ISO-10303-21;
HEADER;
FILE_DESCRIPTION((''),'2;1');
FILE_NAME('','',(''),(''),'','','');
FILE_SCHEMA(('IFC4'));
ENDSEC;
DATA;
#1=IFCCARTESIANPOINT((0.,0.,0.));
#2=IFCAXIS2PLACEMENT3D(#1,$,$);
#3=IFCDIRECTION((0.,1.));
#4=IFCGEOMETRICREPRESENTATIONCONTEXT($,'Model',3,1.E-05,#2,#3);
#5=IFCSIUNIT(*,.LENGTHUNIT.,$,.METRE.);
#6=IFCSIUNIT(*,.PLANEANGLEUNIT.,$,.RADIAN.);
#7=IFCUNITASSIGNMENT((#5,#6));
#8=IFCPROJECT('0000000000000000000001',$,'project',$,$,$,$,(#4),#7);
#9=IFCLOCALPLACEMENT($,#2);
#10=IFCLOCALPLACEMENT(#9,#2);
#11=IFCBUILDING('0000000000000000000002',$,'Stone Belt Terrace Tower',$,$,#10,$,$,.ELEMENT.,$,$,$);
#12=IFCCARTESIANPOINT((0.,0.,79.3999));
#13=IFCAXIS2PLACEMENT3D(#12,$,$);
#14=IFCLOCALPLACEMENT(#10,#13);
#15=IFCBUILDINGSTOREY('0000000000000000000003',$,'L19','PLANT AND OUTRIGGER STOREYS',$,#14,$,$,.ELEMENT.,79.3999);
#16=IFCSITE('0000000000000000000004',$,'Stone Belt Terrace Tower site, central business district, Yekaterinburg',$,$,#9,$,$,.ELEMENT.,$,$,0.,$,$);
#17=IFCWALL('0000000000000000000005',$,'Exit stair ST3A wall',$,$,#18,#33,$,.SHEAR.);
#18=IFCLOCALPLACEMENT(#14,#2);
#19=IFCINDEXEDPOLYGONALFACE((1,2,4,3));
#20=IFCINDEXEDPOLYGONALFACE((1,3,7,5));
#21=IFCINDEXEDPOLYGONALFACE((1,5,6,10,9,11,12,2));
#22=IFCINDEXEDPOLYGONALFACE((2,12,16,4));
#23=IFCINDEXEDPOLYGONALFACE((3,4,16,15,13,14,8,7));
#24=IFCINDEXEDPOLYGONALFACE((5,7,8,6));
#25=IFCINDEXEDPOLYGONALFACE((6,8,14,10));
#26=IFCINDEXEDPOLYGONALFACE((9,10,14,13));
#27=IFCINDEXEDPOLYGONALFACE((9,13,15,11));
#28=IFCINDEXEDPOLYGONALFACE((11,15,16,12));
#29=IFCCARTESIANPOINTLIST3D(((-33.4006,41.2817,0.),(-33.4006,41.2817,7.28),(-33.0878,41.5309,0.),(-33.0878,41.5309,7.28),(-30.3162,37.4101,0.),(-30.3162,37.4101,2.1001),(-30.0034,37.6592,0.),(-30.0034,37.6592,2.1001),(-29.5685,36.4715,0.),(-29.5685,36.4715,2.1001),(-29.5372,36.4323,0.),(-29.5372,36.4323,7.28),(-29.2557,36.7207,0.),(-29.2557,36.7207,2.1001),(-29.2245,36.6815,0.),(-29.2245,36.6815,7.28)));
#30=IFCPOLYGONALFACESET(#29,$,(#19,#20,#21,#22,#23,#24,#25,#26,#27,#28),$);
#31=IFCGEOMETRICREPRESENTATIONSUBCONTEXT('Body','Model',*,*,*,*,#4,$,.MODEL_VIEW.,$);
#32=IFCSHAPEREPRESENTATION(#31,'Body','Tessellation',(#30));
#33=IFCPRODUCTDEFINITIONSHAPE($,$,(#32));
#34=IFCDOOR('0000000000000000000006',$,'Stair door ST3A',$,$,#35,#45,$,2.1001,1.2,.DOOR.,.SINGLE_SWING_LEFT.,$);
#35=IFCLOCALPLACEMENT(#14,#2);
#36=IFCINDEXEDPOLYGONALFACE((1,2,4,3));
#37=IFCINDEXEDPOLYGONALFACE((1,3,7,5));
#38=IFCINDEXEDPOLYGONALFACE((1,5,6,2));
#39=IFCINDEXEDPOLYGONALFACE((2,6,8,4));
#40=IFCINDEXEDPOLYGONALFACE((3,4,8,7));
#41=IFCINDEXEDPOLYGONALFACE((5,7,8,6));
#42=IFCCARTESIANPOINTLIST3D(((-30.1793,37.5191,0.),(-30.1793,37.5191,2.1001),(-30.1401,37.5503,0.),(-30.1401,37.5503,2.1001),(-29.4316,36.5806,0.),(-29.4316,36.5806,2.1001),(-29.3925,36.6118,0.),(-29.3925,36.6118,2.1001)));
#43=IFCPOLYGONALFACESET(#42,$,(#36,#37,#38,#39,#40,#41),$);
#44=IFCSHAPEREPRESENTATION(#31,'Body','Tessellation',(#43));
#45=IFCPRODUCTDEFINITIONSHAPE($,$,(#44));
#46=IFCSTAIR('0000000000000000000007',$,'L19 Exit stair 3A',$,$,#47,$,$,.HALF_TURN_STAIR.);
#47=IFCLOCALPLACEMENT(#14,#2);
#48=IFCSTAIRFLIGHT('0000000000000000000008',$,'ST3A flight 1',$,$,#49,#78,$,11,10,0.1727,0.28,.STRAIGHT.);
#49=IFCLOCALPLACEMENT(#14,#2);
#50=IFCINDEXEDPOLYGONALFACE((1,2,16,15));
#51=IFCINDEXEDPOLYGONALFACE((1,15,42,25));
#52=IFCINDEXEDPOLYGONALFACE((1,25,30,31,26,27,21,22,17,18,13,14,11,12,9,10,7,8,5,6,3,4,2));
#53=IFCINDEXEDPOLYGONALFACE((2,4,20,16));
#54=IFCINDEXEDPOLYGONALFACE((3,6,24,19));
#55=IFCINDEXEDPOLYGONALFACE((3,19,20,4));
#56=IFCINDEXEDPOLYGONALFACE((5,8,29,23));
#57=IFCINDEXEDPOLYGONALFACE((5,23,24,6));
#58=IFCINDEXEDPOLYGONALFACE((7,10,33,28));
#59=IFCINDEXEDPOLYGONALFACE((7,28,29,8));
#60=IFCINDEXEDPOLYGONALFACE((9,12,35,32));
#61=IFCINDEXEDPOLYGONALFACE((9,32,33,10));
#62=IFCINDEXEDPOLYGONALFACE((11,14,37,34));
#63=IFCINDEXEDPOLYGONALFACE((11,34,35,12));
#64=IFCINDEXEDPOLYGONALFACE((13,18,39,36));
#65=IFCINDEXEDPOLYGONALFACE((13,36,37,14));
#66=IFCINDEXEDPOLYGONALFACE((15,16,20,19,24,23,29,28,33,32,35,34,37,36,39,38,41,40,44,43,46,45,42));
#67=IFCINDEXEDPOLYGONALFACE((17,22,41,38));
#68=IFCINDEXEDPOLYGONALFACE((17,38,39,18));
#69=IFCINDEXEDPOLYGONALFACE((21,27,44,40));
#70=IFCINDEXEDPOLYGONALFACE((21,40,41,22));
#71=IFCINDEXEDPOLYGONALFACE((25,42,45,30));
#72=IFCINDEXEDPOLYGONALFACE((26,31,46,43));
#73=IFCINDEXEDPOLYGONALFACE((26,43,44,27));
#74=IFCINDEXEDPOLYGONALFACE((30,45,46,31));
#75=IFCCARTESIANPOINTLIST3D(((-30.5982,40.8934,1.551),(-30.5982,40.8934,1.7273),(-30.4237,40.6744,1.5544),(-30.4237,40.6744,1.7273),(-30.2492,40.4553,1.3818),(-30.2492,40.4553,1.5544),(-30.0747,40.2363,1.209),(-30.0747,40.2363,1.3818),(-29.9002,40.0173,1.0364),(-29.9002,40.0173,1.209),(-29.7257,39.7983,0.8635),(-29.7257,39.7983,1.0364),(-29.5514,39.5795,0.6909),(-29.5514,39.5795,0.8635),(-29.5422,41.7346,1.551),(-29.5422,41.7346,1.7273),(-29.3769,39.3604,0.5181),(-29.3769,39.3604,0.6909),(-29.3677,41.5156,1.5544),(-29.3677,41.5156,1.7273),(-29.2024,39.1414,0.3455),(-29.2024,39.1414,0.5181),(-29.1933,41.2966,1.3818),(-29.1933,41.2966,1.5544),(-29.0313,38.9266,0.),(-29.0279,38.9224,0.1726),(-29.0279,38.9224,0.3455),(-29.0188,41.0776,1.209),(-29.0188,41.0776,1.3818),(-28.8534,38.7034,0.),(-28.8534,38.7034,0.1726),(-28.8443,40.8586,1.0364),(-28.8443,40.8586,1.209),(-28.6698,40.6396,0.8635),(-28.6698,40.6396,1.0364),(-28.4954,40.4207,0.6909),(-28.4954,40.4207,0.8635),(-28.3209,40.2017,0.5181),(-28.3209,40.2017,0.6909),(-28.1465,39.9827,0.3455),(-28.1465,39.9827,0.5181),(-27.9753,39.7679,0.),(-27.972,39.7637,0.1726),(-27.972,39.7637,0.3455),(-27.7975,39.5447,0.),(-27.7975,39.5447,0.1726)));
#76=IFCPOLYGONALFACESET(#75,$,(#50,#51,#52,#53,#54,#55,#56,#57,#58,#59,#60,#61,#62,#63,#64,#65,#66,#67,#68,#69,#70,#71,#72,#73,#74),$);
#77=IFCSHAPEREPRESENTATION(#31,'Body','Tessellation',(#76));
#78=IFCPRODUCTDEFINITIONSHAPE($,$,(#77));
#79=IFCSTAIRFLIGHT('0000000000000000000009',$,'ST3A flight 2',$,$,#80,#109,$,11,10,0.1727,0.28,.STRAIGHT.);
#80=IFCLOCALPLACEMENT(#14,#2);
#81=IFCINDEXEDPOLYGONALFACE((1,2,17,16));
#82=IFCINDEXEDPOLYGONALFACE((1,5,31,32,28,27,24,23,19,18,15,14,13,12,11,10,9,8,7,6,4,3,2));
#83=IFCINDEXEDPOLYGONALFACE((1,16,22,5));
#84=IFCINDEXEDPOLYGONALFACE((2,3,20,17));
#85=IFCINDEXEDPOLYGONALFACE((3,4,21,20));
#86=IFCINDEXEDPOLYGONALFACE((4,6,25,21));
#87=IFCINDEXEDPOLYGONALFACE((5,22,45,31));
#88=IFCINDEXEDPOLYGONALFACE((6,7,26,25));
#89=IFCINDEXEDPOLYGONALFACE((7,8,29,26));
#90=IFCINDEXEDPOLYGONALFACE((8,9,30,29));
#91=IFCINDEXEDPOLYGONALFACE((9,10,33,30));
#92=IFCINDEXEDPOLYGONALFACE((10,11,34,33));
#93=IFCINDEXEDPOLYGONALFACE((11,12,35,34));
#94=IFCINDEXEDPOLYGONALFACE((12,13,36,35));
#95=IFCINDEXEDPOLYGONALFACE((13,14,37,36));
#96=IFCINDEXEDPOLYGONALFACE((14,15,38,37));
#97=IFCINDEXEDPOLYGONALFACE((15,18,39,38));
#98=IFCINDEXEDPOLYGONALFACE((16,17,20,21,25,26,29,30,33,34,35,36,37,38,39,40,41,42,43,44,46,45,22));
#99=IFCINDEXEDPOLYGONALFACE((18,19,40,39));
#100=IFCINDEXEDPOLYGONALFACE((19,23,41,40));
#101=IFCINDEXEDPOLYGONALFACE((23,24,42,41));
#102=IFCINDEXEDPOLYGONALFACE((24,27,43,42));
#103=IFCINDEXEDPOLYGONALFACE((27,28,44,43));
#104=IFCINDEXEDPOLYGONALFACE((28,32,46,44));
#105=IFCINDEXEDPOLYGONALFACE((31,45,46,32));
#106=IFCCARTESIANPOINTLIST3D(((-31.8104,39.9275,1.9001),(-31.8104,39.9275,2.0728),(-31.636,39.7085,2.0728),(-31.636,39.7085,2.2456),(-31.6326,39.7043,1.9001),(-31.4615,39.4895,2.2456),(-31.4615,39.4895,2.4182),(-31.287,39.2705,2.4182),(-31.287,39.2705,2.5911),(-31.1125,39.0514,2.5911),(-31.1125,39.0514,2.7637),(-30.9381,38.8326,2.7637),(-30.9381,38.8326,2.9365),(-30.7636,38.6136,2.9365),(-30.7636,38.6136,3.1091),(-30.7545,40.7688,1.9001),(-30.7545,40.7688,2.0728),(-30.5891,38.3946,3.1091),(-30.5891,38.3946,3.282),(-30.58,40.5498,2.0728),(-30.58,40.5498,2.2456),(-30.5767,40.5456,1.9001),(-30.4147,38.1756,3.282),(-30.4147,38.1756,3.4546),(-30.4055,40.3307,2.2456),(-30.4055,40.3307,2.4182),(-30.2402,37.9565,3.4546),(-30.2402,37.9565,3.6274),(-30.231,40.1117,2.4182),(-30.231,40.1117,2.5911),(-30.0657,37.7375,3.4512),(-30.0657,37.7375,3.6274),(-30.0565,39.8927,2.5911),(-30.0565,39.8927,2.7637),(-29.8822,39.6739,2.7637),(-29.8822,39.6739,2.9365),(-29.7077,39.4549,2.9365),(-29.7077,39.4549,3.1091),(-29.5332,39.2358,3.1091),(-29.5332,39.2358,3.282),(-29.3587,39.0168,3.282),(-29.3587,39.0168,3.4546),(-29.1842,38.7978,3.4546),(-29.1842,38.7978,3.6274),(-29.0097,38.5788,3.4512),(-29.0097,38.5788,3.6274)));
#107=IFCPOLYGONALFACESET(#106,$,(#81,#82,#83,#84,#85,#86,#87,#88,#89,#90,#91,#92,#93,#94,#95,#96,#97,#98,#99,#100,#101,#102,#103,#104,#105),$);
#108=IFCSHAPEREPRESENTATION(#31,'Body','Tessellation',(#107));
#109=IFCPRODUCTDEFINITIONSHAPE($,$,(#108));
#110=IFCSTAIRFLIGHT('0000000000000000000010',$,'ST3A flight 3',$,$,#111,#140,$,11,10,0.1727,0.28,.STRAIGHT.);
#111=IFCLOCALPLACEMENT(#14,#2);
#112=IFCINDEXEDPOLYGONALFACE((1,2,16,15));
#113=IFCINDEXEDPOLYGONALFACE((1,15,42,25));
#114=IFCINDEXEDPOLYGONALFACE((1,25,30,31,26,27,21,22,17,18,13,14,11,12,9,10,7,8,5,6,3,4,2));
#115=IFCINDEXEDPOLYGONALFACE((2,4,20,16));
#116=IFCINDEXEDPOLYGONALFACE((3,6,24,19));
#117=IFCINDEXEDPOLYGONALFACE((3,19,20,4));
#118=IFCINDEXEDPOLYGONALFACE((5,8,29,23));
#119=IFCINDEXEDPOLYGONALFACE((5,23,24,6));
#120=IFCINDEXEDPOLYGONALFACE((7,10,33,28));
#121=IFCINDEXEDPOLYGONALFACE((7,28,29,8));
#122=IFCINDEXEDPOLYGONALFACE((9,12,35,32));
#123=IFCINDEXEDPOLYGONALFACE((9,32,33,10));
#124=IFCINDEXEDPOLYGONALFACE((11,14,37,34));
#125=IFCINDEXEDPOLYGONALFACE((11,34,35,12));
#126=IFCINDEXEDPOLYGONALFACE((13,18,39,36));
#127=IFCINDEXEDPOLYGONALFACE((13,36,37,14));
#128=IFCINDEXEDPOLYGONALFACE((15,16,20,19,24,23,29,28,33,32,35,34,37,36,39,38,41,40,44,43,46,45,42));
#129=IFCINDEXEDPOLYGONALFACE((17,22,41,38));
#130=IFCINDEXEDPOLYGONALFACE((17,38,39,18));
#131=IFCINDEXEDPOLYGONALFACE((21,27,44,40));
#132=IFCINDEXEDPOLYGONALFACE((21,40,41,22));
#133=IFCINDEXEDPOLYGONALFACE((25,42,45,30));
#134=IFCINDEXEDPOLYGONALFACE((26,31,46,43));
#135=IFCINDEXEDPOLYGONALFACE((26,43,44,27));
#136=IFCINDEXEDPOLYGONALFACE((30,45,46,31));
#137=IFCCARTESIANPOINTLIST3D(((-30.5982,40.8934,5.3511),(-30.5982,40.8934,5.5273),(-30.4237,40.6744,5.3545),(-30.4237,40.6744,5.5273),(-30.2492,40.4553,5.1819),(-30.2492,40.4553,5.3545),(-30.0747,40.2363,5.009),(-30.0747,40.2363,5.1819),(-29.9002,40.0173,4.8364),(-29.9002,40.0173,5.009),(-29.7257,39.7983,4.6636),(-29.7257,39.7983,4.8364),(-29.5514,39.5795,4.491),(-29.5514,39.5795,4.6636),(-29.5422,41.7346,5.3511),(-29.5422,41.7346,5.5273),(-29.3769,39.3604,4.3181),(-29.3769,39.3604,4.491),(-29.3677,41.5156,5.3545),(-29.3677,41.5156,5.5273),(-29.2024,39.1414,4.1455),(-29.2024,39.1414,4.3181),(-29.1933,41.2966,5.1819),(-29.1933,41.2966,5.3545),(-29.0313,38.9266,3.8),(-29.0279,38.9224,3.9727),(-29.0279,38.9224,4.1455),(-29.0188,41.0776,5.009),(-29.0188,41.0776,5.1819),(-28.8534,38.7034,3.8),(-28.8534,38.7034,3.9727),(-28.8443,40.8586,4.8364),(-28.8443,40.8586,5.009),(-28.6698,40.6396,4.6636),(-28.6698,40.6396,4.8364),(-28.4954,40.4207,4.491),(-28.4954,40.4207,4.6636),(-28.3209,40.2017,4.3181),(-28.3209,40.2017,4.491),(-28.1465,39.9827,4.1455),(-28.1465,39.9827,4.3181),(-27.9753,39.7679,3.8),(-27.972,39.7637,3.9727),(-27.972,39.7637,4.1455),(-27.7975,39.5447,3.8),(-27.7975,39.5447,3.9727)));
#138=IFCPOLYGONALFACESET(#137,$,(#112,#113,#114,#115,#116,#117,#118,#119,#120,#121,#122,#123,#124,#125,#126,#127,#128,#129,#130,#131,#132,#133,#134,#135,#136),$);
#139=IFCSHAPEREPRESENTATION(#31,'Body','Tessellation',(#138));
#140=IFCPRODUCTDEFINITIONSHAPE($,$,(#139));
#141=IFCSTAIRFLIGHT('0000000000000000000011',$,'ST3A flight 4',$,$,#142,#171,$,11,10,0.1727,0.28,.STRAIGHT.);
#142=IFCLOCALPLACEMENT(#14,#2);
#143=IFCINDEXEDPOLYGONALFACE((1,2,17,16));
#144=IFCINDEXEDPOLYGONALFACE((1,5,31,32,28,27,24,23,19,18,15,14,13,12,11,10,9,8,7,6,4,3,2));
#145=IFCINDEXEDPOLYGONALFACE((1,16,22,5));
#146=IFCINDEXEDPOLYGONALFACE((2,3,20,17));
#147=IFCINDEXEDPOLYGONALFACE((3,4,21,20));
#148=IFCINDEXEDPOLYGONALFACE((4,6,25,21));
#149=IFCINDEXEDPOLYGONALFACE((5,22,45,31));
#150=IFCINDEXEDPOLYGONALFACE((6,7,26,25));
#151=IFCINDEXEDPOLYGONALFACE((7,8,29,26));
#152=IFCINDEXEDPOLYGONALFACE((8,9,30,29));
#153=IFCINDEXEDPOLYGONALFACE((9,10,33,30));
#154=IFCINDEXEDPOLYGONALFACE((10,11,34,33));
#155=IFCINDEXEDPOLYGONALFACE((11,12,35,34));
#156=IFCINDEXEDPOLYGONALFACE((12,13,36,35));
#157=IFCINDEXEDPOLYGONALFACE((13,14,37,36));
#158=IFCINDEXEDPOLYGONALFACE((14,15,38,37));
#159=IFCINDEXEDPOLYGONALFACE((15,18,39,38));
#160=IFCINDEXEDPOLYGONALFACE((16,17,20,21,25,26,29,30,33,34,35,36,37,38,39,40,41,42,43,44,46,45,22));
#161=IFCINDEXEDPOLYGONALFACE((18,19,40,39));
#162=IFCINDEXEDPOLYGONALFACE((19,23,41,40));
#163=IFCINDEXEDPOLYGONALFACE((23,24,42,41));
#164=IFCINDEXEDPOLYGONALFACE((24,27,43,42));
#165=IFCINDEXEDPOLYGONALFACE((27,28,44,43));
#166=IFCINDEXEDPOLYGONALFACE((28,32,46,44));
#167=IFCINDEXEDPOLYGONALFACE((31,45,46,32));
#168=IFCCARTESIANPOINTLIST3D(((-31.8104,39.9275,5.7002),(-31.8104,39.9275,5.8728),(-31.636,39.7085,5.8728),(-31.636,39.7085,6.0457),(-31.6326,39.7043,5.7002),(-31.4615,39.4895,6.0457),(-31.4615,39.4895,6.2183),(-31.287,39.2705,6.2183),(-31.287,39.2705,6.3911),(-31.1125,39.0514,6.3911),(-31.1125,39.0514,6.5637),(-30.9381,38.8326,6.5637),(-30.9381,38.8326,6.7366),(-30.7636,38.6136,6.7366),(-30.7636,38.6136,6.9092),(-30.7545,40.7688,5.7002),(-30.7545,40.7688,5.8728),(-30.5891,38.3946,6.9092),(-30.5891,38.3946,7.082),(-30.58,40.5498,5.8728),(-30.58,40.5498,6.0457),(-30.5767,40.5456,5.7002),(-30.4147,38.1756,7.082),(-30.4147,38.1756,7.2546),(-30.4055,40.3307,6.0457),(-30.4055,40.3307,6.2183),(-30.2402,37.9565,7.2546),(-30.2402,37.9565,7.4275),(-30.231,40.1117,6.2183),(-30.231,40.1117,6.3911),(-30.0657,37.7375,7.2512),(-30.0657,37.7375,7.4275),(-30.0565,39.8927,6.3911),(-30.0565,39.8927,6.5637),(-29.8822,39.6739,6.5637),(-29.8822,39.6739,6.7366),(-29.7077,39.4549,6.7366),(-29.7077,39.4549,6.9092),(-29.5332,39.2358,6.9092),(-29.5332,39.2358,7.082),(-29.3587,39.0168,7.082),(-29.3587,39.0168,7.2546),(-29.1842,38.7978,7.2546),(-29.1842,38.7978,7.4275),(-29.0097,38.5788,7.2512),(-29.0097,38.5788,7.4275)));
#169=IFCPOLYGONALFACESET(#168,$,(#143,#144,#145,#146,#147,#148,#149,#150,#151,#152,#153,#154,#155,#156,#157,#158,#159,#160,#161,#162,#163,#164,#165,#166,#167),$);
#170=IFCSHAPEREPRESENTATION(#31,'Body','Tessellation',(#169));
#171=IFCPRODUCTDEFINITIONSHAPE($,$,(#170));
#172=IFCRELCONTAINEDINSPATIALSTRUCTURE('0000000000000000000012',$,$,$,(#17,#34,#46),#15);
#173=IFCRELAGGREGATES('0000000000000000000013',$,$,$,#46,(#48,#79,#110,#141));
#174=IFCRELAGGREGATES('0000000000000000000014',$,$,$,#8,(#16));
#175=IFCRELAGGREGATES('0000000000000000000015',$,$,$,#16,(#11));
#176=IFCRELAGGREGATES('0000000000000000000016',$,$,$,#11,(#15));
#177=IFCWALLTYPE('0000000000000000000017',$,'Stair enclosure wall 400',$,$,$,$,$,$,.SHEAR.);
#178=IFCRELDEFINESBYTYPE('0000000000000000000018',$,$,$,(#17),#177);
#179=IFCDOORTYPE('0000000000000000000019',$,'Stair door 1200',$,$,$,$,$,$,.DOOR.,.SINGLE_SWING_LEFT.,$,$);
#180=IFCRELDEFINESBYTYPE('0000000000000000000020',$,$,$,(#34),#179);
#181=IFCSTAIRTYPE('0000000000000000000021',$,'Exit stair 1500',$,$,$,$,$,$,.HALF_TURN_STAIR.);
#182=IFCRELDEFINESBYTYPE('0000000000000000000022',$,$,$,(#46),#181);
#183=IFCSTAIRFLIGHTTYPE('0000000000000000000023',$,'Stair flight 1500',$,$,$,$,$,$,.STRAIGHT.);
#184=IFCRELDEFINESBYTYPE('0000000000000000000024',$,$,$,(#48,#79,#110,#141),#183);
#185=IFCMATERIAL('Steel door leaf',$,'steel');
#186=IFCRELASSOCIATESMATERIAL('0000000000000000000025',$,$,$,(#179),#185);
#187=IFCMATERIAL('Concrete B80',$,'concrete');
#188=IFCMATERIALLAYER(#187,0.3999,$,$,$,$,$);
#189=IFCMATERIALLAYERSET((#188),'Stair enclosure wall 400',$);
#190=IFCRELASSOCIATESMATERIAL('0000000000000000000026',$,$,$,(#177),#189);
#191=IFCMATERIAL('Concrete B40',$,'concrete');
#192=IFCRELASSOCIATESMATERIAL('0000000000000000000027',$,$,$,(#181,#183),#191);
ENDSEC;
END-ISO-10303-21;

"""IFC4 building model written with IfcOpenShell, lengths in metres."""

from ifc_helpers import new_model, si_unit, direction, frame, frame_2d, origin, place, context, subcontext, project, spatial, polyline, rectangle, outline, extrude, material, layer, layer_set, type_object, element, fill, aggregate, save


model = new_model("IFC4")

# Units and contexts
model_context = context("Model", 3, precision=1e-05, world=origin(), true_north=direction((0.0, 1.0)))
body_context = subcontext(model_context, "Body", "Model", "MODEL_VIEW")
ifc_project = project(units=[si_unit("LENGTHUNIT", "METRE"), si_unit("PLANEANGLEUNIT", "RADIAN")], contexts=[model_context])

# Site, building, storey
site_placement = place(None, origin())
site = spatial("IfcSite", under=ifc_project, at=site_placement, Name="Stone Belt Terrace Tower site, central business district, Yekaterinburg", CompositionType="ELEMENT", RefElevation=0.0)
building_placement = place(site_placement, origin())
building = spatial("IfcBuilding", under=site, at=building_placement, Name="Stone Belt Terrace Tower", CompositionType="ELEMENT")
storey_placement = place(building_placement, frame((0.0, 0.0, 79.3999)))
storey = spatial("IfcBuildingStorey", under=building, at=storey_placement, Name="L19", Description="PLANT AND OUTRIGGER STOREYS", CompositionType="ELEMENT", Elevation=79.3999)

# Shared definitions
ifc_material_1 = material(Name="Concrete B80", Category="concrete")

# Shared definitions
ifc_material_2 = material(Name="Steel door leaf", Category="steel")
door_type_1 = type_object("IfcDoorType", Name="Stair door 1200", OperationType="SINGLE_SWING_LEFT", PredefinedType="DOOR", material=ifc_material_2)

# Shared definitions
ifc_layer_1 = layer(ifc_material_1, 0.3999)
ifc_layer_set_1 = layer_set([ifc_layer_1], Name="Stair enclosure wall 400")
wall_type_1 = type_object("IfcWallType", Name="Stair enclosure wall 400", PredefinedType="SHEAR", material=ifc_layer_set_1)

# Wall, opening, door
wall_1_placement = place(storey_placement, frame((-29.3809, 36.5569, 0.0), z_axis=(0.0, 0.0, 1.0), x_axis=(-0.623099, 0.782143, 0.0)))
wall_1 = element("IfcWall", 1, at=wall_1_placement, inside=storey, type_object=wall_type_1, Name="Exit stair ST3A wall", PredefinedType="SHEAR", context=body_context, shape_type="SweptSolid", body=[
    extrude(rectangle(XDim=6.2002, YDim=0.3999, at=frame_2d((3.1001, 0.0))), origin(), (0.0, 0.0, 1.0), 7.28),
])
opening_1_placement = place(wall_1_placement, frame((0.05, 0.0, 0.0)))
opening_1 = element("IfcOpeningElement", 2, at=opening_1_placement, cuts=wall_1, PredefinedType="OPENING", context=body_context, shape_type="SweptSolid", body=[
    extrude(rectangle(XDim=1.2, YDim=2.1001, at=frame_2d((0.6001, 1.05))), frame((0.0, 0.21, 0.0), z_axis=(0.0, -1.0, 0.0), x_axis=(1.0, 0.0, 0.0)), (0.0, 0.0, 1.0), 0.4199),
])
door_1_placement = place(opening_1_placement, origin())
door_1 = element("IfcDoor", 3, at=door_1_placement, inside=storey, type_object=door_type_1, Name="Stair door ST3A", OperationType="SINGLE_SWING_LEFT", OverallHeight=2.1001, OverallWidth=1.2, PredefinedType="DOOR", context=body_context, shape_type="SweptSolid", body=[
    extrude(rectangle(XDim=1.2, YDim=2.1001, at=frame_2d((0.6001, 1.05))), frame((0.0, 0.0249, 0.0), z_axis=(0.0, -1.0, 0.0), x_axis=(1.0, 0.0, 0.0)), (0.0, 0.0, 1.0), 0.05),
])
fill(opening_1, door_1)

# Stair, stair flights
ifc_material_3 = material(Name="Concrete B40", Category="concrete")
stair_type = type_object("IfcStairType", Name="Exit stair 1500", PredefinedType="HALF_TURN_STAIR", material=ifc_material_3)
stair_placement = place(storey_placement, origin())
stair = element("IfcStair", 4, at=stair_placement, inside=storey, type_object=stair_type, Name="L19 Exit stair 3A", PredefinedType="HALF_TURN_STAIR")
stair_flight_type = type_object("IfcStairFlightType", Name="Stair flight 1500", PredefinedType="STRAIGHT", material=ifc_material_3)
stair_flight_1_placement = place(storey_placement, frame((-28.3254, 39.124, 0.0), z_axis=(0.0, 0.0, 1.0), x_axis=(-0.623121, 0.782125, 0.0)))
stair_flight_1 = element("IfcStairFlight", 5, at=stair_flight_1_placement, type_object=stair_flight_type, Name="ST3A flight 1", NumberOfRisers=11, NumberOfTreads=10, PredefinedType="STRAIGHT", RiserHeight=0.1727, TreadLength=0.28, context=body_context, shape_type="SweptSolid", body=[
    extrude(outline(polyline([(0.0, 0.0), (0.0, 0.1726), (0.28, 0.1726), (0.28, 0.3455), (0.5601, 0.3455), (0.5601, 0.5181), (0.8401, 0.5181), (0.8401, 0.6909), (1.1201, 0.6909), (1.1201, 0.8635), (1.3999, 0.8635), (1.3999, 1.0364), (1.6799, 1.0364), (1.6799, 1.209), (1.96, 1.209), (1.96, 1.3818), (2.24, 1.3818), (2.24, 1.5544), (2.52, 1.5544), (2.52, 1.7273), (2.8, 1.7273), (2.8, 1.8999), (2.8, 1.551), (0.2854, 0.0), (0.0, 0.0)])), frame((0.0, 0.675, 0.0), z_axis=(0.0, -1.0, 0.0), x_axis=(1.0, 0.0, 0.0)), (0.0, 0.0, 1.0), 1.3501),
])
stair_flight_2_placement = place(storey_placement, frame((-31.2825, 40.3481, 1.9001), z_axis=(0.0, 0.0, 1.0), x_axis=(0.623121, -0.782125, 0.0)))
stair_flight_2 = element("IfcStairFlight", 6, at=stair_flight_2_placement, type_object=stair_flight_type, Name="ST3A flight 2", NumberOfRisers=11, NumberOfTreads=10, PredefinedType="STRAIGHT", RiserHeight=0.1727, TreadLength=0.28, context=body_context, shape_type="SweptSolid", body=[
    extrude(outline(polyline([(0.0, 0.0), (0.0, 0.1726), (0.28, 0.1726), (0.28, 0.3455), (0.5601, 0.3455), (0.5601, 0.5181), (0.8401, 0.5181), (0.8401, 0.6909), (1.1201, 0.6909), (1.1201, 0.8635), (1.3999, 0.8635), (1.3999, 1.0364), (1.6799, 1.0364), (1.6799, 1.209), (1.96, 1.209), (1.96, 1.3818), (2.24, 1.3818), (2.24, 1.5544), (2.52, 1.5544), (2.52, 1.7273), (2.8, 1.7273), (2.8, 1.8999), (2.8, 1.551), (0.2854, 0.0), (0.0, 0.0)])), frame((0.0, 0.675, 0.0), z_axis=(0.0, -1.0, 0.0), x_axis=(1.0, 0.0, 0.0)), (0.0, 0.0, 1.0), 1.3501),
])
stair_flight_3_placement = place(storey_placement, frame((-28.3254, 39.124, 3.8), z_axis=(0.0, 0.0, 1.0), x_axis=(-0.623121, 0.782125, 0.0)))
stair_flight_3 = element("IfcStairFlight", 7, at=stair_flight_3_placement, type_object=stair_flight_type, Name="ST3A flight 3", NumberOfRisers=11, NumberOfTreads=10, PredefinedType="STRAIGHT", RiserHeight=0.1727, TreadLength=0.28, context=body_context, shape_type="SweptSolid", body=[
    extrude(outline(polyline([(0.0, 0.0), (0.0, 0.1726), (0.28, 0.1726), (0.28, 0.3455), (0.5601, 0.3455), (0.5601, 0.5181), (0.8401, 0.5181), (0.8401, 0.6909), (1.1201, 0.6909), (1.1201, 0.8635), (1.3999, 0.8635), (1.3999, 1.0364), (1.6799, 1.0364), (1.6799, 1.209), (1.96, 1.209), (1.96, 1.3818), (2.24, 1.3818), (2.24, 1.5544), (2.52, 1.5544), (2.52, 1.7273), (2.8, 1.7273), (2.8, 1.8999), (2.8, 1.551), (0.2854, 0.0), (0.0, 0.0)])), frame((0.0, 0.675, 0.0), z_axis=(0.0, -1.0, 0.0), x_axis=(1.0, 0.0, 0.0)), (0.0, 0.0, 1.0), 1.3501),
])
stair_flight_4_placement = place(storey_placement, frame((-31.2825, 40.3481, 5.7002), z_axis=(0.0, 0.0, 1.0), x_axis=(0.623121, -0.782125, 0.0)))
stair_flight_4 = element("IfcStairFlight", 8, at=stair_flight_4_placement, type_object=stair_flight_type, Name="ST3A flight 4", NumberOfRisers=11, NumberOfTreads=10, PredefinedType="STRAIGHT", RiserHeight=0.1727, TreadLength=0.28, context=body_context, shape_type="SweptSolid", body=[
    extrude(outline(polyline([(0.0, 0.0), (0.0, 0.1726), (0.28, 0.1726), (0.28, 0.3455), (0.5601, 0.3455), (0.5601, 0.5181), (0.8401, 0.5181), (0.8401, 0.6909), (1.1201, 0.6909), (1.1201, 0.8635), (1.3999, 0.8635), (1.3999, 1.0364), (1.6799, 1.0364), (1.6799, 1.209), (1.96, 1.209), (1.96, 1.3818), (2.24, 1.3818), (2.24, 1.5544), (2.52, 1.5544), (2.52, 1.7273), (2.8, 1.7273), (2.8, 1.8999), (2.8, 1.551), (0.2854, 0.0), (0.0, 0.0)])), frame((0.0, 0.675, 0.0), z_axis=(0.0, -1.0, 0.0), x_axis=(1.0, 0.0, 0.0)), (0.0, 0.0, 1.0), 1.3501),
])
aggregate(stair, [stair_flight_1, stair_flight_2, stair_flight_3, stair_flight_4])

save(model, "model.ifc")
